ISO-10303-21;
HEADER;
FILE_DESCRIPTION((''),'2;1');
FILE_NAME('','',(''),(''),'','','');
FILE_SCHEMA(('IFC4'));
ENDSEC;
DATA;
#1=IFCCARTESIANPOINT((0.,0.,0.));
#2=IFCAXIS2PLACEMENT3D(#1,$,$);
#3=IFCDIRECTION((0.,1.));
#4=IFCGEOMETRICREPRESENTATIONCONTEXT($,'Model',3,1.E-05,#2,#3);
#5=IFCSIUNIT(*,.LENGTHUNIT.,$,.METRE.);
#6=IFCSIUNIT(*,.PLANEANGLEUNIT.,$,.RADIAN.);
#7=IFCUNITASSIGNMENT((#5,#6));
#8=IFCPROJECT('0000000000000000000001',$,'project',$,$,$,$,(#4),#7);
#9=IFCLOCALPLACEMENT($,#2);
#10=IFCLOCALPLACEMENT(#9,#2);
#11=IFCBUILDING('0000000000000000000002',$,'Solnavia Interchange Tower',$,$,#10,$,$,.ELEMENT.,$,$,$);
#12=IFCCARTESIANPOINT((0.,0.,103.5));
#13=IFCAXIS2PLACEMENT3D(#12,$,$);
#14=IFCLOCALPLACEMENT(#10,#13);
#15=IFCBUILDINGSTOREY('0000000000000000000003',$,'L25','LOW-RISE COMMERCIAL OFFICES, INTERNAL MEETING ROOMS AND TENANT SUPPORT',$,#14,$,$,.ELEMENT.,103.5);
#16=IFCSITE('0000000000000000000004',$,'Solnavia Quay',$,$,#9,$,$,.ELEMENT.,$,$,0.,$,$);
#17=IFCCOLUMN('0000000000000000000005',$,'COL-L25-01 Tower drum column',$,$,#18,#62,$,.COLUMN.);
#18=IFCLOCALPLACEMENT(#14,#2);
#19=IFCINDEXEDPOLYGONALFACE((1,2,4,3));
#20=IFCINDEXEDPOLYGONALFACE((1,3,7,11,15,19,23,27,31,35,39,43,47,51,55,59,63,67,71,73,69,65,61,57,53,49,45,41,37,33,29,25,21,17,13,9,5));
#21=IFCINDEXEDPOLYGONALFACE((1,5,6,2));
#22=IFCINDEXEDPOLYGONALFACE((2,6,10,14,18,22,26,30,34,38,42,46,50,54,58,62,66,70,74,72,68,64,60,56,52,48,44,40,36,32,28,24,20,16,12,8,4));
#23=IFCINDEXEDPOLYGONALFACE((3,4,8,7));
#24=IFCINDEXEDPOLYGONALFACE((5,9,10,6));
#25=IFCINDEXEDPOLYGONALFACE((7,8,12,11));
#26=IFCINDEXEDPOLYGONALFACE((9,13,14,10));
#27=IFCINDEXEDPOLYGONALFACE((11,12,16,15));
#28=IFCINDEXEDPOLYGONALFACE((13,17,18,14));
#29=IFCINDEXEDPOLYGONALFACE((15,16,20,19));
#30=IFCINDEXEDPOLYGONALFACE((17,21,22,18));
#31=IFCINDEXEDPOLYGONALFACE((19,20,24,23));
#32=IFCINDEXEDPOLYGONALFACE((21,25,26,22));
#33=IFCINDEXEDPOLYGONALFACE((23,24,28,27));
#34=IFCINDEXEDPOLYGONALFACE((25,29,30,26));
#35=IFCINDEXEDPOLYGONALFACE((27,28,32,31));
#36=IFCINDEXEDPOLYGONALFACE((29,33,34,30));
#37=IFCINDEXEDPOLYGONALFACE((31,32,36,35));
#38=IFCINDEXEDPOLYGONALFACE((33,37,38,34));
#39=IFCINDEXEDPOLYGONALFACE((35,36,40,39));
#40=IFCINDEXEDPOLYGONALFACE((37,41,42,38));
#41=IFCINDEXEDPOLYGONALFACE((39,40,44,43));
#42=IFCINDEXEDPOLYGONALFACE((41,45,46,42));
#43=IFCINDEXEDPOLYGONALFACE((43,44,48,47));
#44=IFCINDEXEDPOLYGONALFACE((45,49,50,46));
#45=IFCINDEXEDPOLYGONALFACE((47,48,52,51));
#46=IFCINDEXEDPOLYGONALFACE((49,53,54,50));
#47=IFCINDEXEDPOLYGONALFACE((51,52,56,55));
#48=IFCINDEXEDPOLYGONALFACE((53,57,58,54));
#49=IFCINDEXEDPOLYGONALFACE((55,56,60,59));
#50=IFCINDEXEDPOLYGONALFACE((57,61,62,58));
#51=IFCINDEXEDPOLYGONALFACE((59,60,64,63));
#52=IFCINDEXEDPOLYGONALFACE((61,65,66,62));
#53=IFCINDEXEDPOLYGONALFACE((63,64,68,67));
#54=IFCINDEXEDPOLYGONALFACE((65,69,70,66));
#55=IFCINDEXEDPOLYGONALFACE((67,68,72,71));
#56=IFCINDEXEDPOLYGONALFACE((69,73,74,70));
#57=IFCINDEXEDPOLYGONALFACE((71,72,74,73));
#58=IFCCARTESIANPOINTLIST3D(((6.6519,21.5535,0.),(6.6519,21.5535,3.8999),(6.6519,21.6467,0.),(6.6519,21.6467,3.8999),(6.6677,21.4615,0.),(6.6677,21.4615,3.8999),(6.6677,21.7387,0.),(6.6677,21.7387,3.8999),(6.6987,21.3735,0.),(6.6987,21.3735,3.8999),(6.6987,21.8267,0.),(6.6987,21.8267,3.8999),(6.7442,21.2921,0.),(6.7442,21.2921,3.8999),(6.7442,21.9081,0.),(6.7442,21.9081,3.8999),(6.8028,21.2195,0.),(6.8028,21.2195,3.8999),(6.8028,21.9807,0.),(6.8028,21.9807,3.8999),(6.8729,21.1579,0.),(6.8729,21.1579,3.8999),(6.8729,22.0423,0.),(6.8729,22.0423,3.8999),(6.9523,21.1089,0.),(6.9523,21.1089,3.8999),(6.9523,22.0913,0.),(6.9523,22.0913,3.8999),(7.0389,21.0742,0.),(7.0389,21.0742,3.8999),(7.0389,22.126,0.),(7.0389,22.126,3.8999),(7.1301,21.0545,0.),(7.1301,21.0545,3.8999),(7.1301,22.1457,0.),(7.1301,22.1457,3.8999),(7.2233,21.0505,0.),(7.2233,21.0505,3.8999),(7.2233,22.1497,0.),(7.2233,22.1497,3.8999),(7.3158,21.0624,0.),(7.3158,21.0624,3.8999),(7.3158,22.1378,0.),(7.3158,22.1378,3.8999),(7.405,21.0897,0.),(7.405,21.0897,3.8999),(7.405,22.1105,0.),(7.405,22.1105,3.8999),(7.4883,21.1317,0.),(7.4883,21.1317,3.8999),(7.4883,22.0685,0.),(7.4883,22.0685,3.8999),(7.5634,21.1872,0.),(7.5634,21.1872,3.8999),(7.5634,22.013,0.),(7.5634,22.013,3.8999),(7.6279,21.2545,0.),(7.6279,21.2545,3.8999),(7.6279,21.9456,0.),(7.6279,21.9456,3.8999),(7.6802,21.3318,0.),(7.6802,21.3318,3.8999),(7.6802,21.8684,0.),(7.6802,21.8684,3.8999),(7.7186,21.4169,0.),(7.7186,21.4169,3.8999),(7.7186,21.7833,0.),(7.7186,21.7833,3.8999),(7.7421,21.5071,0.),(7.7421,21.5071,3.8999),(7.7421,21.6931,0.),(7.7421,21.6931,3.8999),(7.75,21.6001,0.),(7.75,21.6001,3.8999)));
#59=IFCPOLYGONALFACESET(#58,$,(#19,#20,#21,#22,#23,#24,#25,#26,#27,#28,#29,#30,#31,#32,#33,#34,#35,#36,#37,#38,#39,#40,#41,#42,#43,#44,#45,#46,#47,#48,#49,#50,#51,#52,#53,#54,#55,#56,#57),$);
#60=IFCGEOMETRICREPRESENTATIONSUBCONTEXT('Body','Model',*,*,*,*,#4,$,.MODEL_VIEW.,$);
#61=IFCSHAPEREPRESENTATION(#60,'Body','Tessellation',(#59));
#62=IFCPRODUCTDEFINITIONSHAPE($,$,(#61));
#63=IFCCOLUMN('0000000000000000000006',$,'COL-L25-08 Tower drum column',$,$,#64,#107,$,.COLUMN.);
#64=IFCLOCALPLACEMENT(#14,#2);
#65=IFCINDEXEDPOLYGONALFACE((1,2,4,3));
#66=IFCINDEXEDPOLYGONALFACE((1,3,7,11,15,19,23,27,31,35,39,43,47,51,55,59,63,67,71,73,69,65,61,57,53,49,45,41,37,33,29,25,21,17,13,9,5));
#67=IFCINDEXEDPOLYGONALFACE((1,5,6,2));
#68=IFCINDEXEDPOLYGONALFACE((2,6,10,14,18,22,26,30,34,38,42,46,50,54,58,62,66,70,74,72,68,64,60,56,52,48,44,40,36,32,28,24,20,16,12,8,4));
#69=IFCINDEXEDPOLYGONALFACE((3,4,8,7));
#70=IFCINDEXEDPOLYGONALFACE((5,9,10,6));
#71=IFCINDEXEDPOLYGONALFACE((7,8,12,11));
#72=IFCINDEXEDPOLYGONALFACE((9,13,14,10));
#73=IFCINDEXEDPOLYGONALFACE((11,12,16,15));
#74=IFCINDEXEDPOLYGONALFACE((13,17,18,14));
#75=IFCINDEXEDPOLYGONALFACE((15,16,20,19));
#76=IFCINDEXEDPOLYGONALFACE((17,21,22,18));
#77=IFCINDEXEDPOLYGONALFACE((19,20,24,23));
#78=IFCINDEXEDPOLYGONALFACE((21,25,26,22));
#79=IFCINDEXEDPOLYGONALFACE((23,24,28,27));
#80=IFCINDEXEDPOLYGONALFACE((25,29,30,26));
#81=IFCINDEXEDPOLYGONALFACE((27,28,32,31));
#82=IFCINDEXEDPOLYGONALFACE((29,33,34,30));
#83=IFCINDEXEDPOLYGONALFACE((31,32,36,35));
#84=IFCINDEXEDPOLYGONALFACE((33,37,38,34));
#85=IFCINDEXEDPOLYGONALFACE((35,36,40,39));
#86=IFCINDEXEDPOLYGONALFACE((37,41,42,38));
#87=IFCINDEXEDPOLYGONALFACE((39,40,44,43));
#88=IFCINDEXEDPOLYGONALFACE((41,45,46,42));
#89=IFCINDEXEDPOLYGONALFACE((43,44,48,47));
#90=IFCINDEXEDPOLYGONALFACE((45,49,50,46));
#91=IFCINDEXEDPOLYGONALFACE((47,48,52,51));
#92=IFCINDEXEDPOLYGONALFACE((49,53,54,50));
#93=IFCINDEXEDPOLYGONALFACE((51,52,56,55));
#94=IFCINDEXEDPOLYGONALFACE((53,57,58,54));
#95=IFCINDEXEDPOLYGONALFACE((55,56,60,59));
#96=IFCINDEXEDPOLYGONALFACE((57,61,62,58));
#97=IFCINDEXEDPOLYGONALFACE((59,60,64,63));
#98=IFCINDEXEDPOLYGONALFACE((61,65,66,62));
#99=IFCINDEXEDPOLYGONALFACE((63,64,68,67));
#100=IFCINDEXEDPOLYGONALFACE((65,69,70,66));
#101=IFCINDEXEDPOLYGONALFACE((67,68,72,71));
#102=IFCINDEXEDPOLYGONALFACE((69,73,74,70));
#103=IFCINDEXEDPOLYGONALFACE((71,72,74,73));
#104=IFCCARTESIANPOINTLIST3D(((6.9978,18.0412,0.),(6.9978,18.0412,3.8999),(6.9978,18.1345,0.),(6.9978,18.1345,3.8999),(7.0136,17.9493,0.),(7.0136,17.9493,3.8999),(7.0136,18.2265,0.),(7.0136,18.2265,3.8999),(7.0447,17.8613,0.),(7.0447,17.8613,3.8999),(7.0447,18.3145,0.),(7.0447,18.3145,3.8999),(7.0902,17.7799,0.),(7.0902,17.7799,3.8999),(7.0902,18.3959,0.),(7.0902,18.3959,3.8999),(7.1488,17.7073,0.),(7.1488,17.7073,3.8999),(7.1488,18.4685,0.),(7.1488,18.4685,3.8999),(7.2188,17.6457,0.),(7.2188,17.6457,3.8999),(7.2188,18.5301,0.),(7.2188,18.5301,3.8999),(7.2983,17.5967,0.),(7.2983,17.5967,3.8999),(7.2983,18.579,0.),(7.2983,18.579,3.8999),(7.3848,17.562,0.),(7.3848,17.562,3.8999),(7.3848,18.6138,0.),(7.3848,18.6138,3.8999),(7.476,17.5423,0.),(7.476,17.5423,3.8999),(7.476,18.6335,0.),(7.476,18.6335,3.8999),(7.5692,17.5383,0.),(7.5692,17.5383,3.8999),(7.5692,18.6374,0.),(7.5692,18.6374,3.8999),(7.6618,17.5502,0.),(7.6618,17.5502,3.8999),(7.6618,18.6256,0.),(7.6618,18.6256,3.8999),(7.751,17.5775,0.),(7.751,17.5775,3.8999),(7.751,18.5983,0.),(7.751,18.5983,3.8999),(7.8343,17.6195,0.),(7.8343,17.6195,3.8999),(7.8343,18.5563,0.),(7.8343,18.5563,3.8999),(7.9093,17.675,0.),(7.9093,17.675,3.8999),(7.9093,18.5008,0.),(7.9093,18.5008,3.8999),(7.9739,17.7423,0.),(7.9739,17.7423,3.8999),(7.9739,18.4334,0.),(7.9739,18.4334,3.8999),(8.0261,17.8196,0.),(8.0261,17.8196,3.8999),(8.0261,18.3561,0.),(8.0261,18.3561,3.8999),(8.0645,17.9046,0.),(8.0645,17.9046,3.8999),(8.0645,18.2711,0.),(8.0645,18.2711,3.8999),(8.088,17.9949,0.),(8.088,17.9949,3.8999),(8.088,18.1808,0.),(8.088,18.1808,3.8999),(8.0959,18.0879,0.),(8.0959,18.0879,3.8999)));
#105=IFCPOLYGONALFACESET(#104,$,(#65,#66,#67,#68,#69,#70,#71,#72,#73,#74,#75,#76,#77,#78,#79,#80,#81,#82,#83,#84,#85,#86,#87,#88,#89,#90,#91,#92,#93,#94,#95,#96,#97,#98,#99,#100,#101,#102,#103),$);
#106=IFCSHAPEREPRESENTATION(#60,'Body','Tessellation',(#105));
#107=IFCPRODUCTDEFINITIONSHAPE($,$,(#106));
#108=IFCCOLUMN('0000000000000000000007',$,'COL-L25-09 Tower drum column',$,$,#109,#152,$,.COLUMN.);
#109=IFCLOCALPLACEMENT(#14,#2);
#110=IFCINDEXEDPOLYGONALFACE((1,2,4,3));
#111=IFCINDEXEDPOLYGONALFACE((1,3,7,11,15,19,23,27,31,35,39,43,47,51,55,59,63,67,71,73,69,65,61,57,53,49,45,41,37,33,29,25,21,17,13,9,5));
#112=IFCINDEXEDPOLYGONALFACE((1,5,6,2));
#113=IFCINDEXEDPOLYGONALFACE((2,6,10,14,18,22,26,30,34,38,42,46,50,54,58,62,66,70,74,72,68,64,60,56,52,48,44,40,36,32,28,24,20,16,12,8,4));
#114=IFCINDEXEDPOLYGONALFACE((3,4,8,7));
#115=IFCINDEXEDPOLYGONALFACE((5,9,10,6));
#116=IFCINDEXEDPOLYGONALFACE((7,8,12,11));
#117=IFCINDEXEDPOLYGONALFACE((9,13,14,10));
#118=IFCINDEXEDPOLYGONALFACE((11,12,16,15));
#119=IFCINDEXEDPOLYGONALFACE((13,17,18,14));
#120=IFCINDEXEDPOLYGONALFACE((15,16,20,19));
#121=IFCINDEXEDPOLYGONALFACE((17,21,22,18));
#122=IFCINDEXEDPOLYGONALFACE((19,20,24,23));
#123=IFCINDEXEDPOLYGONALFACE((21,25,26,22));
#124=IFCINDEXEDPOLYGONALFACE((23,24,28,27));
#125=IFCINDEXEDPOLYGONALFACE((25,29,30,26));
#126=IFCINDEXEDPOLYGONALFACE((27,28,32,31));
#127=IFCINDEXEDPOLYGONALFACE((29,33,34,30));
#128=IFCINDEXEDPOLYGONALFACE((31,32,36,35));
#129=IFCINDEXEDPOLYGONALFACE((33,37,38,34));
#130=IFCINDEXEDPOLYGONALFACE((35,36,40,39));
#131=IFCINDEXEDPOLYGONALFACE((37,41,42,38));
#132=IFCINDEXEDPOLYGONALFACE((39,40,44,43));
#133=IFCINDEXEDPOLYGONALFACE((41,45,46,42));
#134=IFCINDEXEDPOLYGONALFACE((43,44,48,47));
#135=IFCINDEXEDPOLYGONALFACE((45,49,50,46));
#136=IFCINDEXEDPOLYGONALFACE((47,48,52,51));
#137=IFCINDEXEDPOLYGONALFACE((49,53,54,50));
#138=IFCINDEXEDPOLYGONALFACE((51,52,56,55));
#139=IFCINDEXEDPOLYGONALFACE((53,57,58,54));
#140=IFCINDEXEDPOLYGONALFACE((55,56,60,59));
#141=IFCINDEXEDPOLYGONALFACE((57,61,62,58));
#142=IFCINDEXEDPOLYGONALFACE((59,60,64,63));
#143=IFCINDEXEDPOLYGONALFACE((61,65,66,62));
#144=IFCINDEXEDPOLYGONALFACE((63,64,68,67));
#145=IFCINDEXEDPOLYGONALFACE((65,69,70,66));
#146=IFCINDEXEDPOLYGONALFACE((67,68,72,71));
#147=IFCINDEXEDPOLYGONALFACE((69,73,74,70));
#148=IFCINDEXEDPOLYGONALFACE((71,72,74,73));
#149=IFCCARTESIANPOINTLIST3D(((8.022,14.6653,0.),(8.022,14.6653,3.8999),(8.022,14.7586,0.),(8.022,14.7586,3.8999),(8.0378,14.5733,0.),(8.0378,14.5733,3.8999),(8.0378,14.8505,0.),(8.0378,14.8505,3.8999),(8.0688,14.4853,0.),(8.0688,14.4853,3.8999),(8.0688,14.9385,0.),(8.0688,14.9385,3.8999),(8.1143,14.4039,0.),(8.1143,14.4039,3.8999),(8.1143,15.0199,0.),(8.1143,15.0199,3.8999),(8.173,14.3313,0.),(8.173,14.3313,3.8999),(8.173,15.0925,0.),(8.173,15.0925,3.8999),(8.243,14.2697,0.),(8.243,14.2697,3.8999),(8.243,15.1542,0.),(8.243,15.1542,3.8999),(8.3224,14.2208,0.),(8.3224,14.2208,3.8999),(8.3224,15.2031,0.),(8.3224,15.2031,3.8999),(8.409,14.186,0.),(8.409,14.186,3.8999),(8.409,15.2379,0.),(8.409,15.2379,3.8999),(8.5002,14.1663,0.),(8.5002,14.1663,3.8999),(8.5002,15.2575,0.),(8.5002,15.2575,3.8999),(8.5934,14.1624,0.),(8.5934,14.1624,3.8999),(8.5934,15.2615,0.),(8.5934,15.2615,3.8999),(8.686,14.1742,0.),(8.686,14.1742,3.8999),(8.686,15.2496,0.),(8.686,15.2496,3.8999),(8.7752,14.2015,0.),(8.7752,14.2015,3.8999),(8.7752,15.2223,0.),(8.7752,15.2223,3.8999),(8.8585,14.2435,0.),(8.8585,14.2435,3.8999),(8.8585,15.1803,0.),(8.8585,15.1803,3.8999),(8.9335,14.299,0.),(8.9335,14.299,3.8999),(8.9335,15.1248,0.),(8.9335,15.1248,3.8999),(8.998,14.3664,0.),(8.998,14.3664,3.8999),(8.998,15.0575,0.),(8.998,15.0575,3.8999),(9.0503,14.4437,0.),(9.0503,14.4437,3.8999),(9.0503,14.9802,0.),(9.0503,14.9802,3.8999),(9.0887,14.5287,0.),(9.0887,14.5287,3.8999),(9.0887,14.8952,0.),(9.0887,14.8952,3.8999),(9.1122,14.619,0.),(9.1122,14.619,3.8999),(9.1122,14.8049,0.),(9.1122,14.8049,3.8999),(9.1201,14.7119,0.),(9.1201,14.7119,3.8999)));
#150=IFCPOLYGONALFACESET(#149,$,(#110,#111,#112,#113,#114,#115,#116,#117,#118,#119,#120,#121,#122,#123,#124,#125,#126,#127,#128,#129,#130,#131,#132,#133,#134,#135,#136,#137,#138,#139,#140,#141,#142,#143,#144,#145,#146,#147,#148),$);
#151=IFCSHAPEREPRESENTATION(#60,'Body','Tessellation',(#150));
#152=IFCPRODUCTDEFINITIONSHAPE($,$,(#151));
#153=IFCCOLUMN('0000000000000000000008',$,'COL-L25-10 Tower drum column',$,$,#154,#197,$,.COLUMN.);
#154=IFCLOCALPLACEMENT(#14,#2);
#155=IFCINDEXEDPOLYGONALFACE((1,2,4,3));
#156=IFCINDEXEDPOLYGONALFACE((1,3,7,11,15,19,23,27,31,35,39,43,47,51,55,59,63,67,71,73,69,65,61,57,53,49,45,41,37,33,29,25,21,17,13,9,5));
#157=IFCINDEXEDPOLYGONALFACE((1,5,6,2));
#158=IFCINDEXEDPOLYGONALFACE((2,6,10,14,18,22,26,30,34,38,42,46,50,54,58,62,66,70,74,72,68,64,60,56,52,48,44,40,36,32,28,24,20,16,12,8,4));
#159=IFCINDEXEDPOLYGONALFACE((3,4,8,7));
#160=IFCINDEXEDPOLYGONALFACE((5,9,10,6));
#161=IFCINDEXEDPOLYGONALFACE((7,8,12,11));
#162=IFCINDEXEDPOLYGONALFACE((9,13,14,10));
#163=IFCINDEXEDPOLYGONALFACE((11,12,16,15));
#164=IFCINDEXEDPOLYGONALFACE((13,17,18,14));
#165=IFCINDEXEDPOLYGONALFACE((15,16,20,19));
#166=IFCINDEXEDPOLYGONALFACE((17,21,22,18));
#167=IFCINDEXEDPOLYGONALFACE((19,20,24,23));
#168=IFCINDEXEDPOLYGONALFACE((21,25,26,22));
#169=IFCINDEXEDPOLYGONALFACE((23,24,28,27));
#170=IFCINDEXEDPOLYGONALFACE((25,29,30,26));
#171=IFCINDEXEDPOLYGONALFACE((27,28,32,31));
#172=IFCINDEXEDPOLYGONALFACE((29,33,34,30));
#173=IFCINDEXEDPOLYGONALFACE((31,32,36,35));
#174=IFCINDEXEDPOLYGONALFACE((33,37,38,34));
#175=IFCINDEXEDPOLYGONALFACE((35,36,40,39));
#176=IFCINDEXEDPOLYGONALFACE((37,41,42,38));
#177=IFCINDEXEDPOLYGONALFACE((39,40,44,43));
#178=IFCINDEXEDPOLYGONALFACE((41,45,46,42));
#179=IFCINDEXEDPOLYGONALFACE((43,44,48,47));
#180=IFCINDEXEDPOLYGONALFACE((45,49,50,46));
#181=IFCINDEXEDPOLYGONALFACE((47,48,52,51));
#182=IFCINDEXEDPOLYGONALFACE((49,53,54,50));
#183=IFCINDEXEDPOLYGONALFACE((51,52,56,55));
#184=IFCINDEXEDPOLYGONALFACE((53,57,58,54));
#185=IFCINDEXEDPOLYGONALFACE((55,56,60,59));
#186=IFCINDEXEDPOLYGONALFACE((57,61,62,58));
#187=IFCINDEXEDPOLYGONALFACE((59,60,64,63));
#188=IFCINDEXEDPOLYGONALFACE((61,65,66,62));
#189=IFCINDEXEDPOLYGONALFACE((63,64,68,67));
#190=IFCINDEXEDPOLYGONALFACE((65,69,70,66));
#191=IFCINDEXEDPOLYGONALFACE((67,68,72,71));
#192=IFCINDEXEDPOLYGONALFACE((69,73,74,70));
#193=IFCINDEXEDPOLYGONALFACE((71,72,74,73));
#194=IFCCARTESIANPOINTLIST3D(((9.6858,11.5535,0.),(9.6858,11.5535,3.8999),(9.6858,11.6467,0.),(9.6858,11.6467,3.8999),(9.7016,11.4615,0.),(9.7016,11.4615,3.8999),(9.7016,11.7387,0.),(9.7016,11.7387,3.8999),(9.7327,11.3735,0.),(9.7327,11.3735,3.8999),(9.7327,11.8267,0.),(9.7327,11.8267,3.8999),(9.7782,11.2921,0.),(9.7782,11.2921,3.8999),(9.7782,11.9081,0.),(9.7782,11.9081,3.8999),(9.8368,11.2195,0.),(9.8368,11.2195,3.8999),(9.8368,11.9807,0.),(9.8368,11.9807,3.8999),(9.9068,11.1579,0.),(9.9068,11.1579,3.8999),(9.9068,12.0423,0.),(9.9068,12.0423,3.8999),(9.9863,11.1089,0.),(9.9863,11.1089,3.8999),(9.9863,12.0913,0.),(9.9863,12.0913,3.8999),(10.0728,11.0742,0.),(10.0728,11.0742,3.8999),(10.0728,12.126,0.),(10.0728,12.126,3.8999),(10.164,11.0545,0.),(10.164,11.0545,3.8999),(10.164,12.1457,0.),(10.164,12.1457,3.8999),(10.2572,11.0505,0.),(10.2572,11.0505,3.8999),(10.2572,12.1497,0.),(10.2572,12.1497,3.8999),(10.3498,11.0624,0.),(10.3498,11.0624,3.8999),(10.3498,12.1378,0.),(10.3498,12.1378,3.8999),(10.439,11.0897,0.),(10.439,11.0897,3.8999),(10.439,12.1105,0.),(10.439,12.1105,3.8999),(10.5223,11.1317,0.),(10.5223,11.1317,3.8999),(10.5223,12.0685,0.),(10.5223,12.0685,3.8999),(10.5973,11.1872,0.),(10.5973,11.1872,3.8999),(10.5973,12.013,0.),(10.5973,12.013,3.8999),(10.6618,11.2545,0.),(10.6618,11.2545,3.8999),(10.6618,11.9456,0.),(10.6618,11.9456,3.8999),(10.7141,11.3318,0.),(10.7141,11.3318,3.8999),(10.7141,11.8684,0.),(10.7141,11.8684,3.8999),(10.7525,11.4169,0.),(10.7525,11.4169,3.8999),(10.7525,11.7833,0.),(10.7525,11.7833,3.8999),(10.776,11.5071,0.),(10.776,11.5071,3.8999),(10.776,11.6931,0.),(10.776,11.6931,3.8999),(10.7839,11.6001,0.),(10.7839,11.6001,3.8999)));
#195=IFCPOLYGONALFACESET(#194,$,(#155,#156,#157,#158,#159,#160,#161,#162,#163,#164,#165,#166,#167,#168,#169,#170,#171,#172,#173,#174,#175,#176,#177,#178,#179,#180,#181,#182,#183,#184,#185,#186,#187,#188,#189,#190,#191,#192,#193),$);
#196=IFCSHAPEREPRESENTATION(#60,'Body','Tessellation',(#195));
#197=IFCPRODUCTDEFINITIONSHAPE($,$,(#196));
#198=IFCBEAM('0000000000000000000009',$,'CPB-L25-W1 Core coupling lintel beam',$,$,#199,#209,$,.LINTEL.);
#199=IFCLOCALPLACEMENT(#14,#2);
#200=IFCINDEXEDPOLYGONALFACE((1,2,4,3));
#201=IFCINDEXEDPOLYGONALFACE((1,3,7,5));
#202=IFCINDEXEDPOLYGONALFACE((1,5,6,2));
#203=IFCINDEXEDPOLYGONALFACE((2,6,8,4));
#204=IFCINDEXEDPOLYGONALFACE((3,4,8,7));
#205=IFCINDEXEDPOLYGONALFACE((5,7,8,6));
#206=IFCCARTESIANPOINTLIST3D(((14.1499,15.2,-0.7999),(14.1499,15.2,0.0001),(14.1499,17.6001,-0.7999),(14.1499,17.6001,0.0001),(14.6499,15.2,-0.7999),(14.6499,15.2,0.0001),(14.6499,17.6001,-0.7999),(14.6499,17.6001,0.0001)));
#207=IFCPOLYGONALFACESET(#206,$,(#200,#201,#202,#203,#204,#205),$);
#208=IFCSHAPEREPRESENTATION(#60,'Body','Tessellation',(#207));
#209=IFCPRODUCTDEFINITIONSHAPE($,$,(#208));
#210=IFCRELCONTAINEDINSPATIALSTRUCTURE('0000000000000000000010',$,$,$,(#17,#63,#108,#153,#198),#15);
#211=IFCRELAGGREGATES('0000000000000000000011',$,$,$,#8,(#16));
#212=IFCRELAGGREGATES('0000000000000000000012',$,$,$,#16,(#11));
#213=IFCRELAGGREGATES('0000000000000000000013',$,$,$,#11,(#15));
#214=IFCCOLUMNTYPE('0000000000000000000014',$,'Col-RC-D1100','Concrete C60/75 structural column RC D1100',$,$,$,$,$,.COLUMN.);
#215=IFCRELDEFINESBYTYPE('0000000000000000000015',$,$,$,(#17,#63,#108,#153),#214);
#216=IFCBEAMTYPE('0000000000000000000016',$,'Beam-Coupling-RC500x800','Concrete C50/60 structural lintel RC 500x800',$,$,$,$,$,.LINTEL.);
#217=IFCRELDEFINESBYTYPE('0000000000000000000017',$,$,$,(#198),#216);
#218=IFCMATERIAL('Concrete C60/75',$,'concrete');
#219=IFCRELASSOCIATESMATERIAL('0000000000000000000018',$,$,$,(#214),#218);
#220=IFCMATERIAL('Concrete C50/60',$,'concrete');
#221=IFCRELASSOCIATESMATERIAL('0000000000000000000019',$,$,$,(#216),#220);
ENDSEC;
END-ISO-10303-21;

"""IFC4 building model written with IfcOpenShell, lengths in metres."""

from ifc_helpers import new_model, si_unit, direction, frame, origin, origin_2d, place, context, subcontext, project, spatial, rectangle, circle, extrude, material, material_profile, profile_set, type_object, element, save


model = new_model("IFC4")

# Units and contexts
model_context = context("Model", 3, precision=1e-05, world=origin(), true_north=direction((0.0, 1.0)))
body_context = subcontext(model_context, "Body", "Model", "MODEL_VIEW")
ifc_project = project(units=[si_unit("LENGTHUNIT", "METRE"), si_unit("PLANEANGLEUNIT", "RADIAN")], contexts=[model_context])

# Site, building, storey
site_placement = place(None, origin())
site = spatial("IfcSite", under=ifc_project, at=site_placement, Name="Solnavia Quay", CompositionType="ELEMENT", RefElevation=0.0)
building_placement = place(site_placement, origin())
building = spatial("IfcBuilding", under=site, at=building_placement, Name="Solnavia Interchange Tower", CompositionType="ELEMENT")
storey_placement = place(building_placement, frame((0.0, 0.0, 103.5)))
storey = spatial("IfcBuildingStorey", under=building, at=storey_placement, Name="L25", Description="LOW-RISE COMMERCIAL OFFICES, INTERNAL MEETING ROOMS AND TENANT SUPPORT", CompositionType="ELEMENT", Elevation=103.5)

# Columns
ifc_material_1 = material(Name="Concrete C60/75", Category="concrete")
ifc_material_profile_1 = material_profile(ifc_material_1, circle(Radius=0.55, at=origin_2d()), Name="RC D1100")
ifc_profile_set_1 = profile_set([ifc_material_profile_1], Name="Concrete C60/75")
column_type = type_object("IfcColumnType", Name="Col-RC-D1100", Description="Concrete C60/75 structural column RC D1100", PredefinedType="COLUMN", material=ifc_profile_set_1)
for number, where, z_axis, x_axis, name in (
    (1, (7.2, 21.6001, 0.0), (0.0, 0.0, 1.0), (1.0, 0.0, 0.0), "COL-L25-01 Tower drum column"),
    (2, (7.5459, 18.0879, 0.0), (0.0, 0.0, 1.0), (1.0, 0.0, 0.0), "COL-L25-08 Tower drum column"),
    (3, (8.5701, 14.7119, 0.0), (0.0, 0.0, 1.0), (1.0, 0.0, 0.0), "COL-L25-09 Tower drum column"),
    (4, (10.2339, 11.6001, 0.0), (0.0, 0.0, 1.0), (1.0, 0.0, 0.0), "COL-L25-10 Tower drum column"),
):
    element("IfcColumn", number, at=place(storey_placement, frame(where, z_axis=z_axis, x_axis=x_axis)), inside=storey, type_object=column_type, Name=name, PredefinedType="COLUMN", context=body_context, shape_type="SweptSolid", body=[
        extrude(circle(Radius=0.55, at=origin_2d()), origin(), (0.0, 0.0, 1.0), 3.8999),
    ])

# Beam
ifc_material_2 = material(Name="Concrete C50/60", Category="concrete")
ifc_material_profile_2 = material_profile(ifc_material_2, rectangle(XDim=0.5, YDim=0.8, at=origin_2d()), Name="RC 500x800")
ifc_profile_set_2 = profile_set([ifc_material_profile_2], Name="Concrete C50/60")
beam_type_1 = type_object("IfcBeamType", Name="Beam-Coupling-RC500x800", Description="Concrete C50/60 structural lintel RC 500x800", PredefinedType="LINTEL", material=ifc_profile_set_2)
beam_1_placement = place(storey_placement, frame((14.3999, 15.2, -0.3999), z_axis=(0.0, 1.0, 0.0), x_axis=(-1.0, 0.0, 0.0)))
element("IfcBeam", 5, at=beam_1_placement, inside=storey, type_object=beam_type_1, Name="CPB-L25-W1 Core coupling lintel beam", PredefinedType="LINTEL", context=body_context, shape_type="SweptSolid", body=[
    extrude(rectangle(XDim=0.5, YDim=0.8, at=origin_2d()), origin(), (0.0, 0.0, 1.0), 2.4001),
])

save(model, "model.ifc")
